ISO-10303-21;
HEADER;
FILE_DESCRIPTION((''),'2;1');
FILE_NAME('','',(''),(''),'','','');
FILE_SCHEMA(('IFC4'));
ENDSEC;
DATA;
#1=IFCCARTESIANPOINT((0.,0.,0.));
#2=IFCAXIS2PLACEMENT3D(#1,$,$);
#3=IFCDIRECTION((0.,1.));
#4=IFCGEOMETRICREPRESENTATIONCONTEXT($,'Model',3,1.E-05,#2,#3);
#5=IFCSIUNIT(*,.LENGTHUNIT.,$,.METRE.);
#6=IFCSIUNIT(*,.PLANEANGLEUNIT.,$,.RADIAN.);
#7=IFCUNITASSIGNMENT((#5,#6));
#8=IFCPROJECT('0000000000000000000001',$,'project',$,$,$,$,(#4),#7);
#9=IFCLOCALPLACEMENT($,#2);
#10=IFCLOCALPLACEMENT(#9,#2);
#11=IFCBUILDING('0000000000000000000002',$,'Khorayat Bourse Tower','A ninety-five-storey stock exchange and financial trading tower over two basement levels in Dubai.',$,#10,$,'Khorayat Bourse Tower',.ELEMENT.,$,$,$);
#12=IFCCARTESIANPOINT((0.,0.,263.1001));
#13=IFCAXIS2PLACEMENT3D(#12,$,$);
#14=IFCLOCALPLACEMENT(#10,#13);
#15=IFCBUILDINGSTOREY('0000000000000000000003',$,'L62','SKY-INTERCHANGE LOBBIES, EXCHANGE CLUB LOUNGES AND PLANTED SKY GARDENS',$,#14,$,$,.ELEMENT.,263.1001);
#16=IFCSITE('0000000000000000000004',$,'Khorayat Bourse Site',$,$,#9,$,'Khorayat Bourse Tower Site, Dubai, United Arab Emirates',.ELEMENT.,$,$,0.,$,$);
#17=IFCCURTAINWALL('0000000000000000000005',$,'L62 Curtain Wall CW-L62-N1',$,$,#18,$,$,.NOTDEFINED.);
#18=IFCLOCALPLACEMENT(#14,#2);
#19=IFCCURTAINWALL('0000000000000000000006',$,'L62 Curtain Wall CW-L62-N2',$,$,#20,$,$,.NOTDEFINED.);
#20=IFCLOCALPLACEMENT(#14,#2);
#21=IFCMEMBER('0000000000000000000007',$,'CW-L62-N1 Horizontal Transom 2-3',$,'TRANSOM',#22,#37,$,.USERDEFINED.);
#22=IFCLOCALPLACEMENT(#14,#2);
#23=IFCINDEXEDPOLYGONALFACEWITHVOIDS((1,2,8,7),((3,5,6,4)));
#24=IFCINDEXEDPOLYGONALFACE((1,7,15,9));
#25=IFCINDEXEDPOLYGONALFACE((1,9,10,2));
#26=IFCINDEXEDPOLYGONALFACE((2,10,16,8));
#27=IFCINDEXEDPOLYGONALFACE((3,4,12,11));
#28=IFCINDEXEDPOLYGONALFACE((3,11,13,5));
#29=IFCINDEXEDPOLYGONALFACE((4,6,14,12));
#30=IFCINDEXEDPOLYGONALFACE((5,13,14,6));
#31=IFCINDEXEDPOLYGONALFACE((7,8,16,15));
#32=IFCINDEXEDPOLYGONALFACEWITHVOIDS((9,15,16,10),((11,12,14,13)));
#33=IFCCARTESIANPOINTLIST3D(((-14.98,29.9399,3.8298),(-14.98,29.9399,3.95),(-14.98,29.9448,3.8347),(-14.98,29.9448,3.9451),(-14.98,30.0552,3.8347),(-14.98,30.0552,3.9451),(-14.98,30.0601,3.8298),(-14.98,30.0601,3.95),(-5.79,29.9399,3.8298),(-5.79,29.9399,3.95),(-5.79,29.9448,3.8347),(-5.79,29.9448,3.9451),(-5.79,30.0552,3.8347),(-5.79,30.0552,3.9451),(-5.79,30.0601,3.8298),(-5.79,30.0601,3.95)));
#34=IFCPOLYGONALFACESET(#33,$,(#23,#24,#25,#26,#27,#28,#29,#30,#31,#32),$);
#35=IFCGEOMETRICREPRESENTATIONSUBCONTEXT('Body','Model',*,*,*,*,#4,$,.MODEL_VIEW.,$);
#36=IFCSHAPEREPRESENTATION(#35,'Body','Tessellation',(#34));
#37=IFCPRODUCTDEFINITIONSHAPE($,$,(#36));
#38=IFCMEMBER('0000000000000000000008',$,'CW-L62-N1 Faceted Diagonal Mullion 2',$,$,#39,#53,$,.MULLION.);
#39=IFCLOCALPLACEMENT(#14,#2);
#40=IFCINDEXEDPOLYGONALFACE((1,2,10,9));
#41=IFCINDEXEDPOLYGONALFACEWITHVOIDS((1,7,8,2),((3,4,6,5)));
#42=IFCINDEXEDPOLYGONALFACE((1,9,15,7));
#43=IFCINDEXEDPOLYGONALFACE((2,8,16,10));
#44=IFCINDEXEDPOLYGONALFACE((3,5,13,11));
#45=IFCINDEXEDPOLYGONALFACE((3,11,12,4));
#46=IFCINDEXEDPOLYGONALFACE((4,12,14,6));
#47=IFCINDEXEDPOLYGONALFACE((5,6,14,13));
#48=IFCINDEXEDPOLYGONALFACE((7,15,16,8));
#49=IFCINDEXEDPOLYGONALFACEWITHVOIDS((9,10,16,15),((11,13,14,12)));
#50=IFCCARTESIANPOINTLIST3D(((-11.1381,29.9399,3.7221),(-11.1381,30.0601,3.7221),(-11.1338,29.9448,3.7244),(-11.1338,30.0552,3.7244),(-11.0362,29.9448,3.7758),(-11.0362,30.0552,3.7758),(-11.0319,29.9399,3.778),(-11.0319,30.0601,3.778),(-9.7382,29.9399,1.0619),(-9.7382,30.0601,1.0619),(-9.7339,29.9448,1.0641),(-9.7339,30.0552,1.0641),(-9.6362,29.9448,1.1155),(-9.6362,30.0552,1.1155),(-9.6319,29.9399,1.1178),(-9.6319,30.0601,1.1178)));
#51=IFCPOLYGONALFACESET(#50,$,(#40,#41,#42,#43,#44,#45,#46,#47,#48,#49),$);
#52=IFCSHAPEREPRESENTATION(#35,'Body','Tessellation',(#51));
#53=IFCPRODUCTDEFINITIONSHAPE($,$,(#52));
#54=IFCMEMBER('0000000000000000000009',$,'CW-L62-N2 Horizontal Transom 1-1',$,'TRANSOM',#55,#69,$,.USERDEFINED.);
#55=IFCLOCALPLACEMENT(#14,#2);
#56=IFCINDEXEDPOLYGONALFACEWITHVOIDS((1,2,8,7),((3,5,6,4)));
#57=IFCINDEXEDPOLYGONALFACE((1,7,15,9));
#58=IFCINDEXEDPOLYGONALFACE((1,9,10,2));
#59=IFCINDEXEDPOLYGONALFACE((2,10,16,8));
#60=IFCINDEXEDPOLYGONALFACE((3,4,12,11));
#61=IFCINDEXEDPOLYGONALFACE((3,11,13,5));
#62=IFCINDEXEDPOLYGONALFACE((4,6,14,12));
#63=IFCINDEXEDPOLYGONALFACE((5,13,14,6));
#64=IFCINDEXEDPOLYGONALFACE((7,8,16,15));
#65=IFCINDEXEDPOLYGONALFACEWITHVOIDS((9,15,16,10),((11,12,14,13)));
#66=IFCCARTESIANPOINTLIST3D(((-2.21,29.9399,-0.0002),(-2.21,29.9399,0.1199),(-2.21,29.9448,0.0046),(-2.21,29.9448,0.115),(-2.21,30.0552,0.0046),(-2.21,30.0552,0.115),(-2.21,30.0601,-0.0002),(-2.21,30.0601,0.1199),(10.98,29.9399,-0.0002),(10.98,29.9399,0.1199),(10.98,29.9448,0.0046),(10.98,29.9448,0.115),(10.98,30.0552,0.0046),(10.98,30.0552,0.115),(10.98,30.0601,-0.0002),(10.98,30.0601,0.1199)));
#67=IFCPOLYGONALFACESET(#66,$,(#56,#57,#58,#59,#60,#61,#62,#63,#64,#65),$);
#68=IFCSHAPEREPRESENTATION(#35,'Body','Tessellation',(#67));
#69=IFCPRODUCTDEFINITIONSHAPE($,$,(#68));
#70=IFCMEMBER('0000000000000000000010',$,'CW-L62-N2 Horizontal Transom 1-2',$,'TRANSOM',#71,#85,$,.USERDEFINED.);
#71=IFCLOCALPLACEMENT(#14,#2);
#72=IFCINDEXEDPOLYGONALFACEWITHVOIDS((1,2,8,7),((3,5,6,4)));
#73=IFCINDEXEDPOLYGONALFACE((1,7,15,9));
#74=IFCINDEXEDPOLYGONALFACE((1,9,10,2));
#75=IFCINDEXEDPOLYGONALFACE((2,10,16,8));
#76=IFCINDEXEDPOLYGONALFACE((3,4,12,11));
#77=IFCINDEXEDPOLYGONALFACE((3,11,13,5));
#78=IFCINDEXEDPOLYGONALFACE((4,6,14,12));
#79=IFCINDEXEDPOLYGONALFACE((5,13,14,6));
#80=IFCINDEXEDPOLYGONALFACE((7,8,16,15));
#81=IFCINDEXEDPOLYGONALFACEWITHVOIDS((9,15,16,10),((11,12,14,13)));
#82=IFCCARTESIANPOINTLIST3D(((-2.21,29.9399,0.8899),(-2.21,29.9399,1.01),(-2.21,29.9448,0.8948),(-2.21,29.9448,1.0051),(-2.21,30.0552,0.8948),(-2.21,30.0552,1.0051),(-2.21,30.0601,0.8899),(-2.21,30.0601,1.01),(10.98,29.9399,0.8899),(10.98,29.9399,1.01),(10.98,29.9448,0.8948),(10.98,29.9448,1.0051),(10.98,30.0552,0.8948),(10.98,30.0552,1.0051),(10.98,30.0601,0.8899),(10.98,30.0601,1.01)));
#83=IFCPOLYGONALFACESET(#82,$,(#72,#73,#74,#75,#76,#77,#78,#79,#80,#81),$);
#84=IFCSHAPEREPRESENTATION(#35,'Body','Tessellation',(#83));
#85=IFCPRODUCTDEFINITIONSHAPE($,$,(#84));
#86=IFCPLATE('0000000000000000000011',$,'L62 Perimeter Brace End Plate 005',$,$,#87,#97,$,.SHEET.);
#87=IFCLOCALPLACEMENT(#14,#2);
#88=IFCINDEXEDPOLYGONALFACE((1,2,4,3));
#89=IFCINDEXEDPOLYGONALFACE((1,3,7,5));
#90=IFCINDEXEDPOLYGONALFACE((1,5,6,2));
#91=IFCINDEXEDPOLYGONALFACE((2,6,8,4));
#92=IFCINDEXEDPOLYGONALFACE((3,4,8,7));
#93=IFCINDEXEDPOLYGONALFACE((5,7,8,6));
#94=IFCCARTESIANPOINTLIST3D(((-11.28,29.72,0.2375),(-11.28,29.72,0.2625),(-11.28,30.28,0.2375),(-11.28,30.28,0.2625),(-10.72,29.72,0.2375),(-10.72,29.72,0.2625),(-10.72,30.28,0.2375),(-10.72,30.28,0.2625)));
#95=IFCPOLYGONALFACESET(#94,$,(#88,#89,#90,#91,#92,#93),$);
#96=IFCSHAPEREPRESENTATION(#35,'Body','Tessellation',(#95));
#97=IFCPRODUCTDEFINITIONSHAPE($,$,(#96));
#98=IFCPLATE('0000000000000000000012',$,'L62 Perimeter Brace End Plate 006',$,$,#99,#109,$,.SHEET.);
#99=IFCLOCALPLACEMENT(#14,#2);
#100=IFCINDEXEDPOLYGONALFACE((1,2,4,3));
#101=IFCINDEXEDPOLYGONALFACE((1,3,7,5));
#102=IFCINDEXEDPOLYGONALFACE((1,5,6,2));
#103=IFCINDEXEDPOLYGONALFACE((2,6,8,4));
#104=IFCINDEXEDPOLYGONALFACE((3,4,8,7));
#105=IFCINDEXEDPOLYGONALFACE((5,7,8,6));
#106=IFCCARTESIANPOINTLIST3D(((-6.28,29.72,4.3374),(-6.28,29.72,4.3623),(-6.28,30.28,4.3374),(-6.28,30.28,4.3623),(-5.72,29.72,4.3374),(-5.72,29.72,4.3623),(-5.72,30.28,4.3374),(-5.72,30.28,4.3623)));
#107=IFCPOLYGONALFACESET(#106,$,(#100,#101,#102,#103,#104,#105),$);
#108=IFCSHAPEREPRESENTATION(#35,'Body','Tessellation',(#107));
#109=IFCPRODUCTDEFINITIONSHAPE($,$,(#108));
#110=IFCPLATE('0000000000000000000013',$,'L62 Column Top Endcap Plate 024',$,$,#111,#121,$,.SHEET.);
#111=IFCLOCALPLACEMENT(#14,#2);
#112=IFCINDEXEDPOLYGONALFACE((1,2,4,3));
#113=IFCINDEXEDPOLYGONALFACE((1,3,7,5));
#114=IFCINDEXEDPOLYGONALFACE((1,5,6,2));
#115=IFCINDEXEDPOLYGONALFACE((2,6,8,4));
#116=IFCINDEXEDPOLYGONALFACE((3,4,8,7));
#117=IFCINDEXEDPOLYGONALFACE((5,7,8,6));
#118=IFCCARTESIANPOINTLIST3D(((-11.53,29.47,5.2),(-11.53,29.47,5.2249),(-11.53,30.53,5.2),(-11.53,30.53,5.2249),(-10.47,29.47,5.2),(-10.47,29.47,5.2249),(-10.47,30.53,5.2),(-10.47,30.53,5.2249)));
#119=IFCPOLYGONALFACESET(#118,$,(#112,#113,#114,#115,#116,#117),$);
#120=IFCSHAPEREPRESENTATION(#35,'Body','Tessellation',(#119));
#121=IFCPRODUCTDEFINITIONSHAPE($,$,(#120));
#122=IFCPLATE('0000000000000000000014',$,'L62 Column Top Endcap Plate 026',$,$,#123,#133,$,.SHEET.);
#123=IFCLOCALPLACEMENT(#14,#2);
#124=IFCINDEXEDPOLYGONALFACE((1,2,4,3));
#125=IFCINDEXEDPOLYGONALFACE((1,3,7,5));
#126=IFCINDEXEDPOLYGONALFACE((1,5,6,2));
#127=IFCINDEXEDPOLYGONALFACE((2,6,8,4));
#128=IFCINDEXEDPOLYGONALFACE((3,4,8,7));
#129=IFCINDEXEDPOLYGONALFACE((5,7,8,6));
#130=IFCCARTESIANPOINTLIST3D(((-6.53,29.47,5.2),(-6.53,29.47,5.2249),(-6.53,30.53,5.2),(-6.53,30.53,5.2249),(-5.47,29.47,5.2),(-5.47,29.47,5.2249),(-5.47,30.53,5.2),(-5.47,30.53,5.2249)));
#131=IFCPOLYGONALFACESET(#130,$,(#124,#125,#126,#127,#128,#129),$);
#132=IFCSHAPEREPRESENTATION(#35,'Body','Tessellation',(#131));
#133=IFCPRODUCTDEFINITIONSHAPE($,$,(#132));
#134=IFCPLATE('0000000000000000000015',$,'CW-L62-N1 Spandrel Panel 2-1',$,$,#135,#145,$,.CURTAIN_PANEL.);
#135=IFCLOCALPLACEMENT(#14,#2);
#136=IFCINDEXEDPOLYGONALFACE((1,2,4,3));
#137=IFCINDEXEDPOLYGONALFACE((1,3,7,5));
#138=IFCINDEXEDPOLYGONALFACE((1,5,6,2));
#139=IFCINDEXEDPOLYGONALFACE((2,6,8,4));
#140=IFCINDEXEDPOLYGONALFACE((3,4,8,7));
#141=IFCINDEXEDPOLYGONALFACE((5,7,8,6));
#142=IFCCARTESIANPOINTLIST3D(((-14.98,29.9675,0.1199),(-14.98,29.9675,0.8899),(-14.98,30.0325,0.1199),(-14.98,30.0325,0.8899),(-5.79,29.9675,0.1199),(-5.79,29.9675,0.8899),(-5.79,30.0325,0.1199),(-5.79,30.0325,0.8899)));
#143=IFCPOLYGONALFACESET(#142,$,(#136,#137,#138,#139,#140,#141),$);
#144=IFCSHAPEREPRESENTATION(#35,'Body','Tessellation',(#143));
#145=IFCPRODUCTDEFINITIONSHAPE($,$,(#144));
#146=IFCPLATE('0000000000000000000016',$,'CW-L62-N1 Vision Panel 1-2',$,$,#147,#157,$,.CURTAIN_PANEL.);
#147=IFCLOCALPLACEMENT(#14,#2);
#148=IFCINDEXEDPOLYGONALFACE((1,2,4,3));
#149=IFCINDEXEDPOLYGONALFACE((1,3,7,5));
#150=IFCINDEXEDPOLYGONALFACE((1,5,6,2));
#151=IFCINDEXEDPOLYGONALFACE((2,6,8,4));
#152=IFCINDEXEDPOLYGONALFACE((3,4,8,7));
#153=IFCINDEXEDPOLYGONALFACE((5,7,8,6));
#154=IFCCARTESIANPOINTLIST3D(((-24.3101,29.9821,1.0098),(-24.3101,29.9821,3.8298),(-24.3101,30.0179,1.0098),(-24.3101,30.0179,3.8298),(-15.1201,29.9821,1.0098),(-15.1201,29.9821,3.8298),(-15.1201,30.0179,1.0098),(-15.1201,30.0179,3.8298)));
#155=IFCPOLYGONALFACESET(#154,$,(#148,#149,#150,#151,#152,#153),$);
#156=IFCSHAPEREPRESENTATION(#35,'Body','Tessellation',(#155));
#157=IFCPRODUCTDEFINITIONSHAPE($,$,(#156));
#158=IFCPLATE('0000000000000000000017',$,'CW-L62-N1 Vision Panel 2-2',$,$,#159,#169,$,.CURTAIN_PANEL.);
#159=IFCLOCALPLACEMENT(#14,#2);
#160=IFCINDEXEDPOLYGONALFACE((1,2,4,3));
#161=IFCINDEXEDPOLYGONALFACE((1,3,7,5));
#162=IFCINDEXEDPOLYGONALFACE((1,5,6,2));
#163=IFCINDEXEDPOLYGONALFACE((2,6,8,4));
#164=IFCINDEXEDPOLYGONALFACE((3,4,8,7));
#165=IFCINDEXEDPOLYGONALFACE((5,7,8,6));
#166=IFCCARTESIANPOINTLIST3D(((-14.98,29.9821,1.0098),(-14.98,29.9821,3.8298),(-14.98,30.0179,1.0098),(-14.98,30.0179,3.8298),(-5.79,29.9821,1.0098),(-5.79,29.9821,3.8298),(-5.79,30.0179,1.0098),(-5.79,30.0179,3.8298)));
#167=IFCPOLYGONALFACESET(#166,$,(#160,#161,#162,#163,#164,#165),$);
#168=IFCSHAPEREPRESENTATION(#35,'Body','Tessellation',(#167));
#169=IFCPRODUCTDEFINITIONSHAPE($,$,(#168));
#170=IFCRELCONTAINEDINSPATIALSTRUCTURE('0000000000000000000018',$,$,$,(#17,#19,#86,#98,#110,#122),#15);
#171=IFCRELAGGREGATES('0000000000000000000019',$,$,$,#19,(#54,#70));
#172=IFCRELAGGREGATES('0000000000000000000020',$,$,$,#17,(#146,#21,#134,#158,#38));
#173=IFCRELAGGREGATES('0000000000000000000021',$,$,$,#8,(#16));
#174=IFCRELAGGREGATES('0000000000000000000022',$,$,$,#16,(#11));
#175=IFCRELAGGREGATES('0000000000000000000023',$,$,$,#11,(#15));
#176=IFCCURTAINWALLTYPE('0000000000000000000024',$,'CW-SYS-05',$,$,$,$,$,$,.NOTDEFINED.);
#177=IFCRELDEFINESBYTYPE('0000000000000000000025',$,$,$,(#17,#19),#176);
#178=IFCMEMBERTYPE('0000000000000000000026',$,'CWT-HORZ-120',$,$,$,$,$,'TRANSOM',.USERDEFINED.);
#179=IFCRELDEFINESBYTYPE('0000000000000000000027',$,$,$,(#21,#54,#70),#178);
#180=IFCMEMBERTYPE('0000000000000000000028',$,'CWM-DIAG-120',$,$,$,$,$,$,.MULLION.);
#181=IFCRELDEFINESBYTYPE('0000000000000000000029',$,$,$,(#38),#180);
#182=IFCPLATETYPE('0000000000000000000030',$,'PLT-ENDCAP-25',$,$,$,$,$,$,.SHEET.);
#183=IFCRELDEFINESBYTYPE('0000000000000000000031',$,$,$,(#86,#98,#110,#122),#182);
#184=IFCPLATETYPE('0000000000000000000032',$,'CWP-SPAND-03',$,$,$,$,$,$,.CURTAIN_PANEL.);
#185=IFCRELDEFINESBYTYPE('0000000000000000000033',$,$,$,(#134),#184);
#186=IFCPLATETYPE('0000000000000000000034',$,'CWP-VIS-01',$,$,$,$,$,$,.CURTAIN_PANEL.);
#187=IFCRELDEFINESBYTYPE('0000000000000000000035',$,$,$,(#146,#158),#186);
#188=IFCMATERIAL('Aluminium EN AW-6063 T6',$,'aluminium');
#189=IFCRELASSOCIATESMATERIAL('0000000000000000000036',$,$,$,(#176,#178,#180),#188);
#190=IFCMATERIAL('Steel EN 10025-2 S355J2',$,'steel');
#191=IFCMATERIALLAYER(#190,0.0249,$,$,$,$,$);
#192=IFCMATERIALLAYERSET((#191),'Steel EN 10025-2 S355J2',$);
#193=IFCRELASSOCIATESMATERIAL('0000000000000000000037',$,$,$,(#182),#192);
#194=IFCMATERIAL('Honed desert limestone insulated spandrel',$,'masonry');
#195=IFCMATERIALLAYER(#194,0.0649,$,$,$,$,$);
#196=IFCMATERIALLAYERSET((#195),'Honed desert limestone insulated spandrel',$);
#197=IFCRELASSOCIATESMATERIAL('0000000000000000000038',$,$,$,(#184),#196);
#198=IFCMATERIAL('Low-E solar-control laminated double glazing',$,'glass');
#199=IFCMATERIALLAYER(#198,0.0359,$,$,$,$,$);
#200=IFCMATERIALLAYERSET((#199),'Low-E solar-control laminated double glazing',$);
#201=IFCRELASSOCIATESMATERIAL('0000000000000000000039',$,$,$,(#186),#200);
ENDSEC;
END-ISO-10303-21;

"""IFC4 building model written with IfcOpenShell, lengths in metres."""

from ifc_helpers import new_model, si_unit, direction, frame, origin, origin_2d, place, context, subcontext, project, spatial, rectangle, hollow_rectangle, extrude, source, transform, mapped, material, layer, layer_set, material_profile, profile_set, type_object, element, aggregate, save


model = new_model("IFC4")

# Units and contexts
model_context = context("Model", 3, precision=1e-05, world=origin(), true_north=direction((0.0, 1.0)))
body_context = subcontext(model_context, "Body", "Model", "MODEL_VIEW")
ifc_project = project(units=[si_unit("LENGTHUNIT", "METRE"), si_unit("PLANEANGLEUNIT", "RADIAN")], contexts=[model_context])

# Site, building, storey
site_placement = place(None, origin())
site = spatial("IfcSite", under=ifc_project, at=site_placement, Name="Khorayat Bourse Site", LongName="Khorayat Bourse Tower Site, Dubai, United Arab Emirates", CompositionType="ELEMENT", RefElevation=0.0)
building_placement = place(site_placement, origin())
building = spatial("IfcBuilding", under=site, at=building_placement, Name="Khorayat Bourse Tower", Description="A ninety-five-storey stock exchange and financial trading tower over two basement levels in Dubai.", LongName="Khorayat Bourse Tower", CompositionType="ELEMENT")
storey_placement = place(building_placement, frame((0.0, 0.0, 263.1001)))
storey = spatial("IfcBuildingStorey", under=building, at=storey_placement, Name="L62", Description="SKY-INTERCHANGE LOBBIES, EXCHANGE CLUB LOUNGES AND PLANTED SKY GARDENS", CompositionType="ELEMENT", Elevation=263.1001)

# Curtain wall
ifc_material_1 = material(Name="Aluminium EN AW-6063 T6", Category="aluminium")
curtain_wall_type = type_object("IfcCurtainWallType", Name="CW-SYS-05", PredefinedType="NOTDEFINED", material=ifc_material_1)
curtain_wall_1_placement = place(storey_placement, origin())
curtain_wall_1 = element("IfcCurtainWall", 1, at=curtain_wall_1_placement, inside=storey, type_object=curtain_wall_type, Name="L62 Curtain Wall CW-L62-N1", PredefinedType="NOTDEFINED")

# Curtain wall
curtain_wall_2_placement = place(storey_placement, origin())
curtain_wall_2 = element("IfcCurtainWall", 2, at=curtain_wall_2_placement, inside=storey, type_object=curtain_wall_type, Name="L62 Curtain Wall CW-L62-N2", PredefinedType="NOTDEFINED")

# Members
ifc_material_profile_1 = material_profile(ifc_material_1, hollow_rectangle(XDim=0.1201, YDim=0.1201, WallThickness=0.0049, at=origin_2d()), Name="ALU 120x120x5")
ifc_profile_set_1 = profile_set([ifc_material_profile_1], Name="Aluminium EN AW-6063 T6")
member_type_1 = type_object("IfcMemberType", Name="CWT-HORZ-120", ElementType="TRANSOM", PredefinedType="USERDEFINED", material=ifc_profile_set_1)
shared_shape_1 = source(origin(), body_context, "Body", "SweptSolid", [
    extrude(hollow_rectangle(XDim=0.1201, YDim=0.1201, WallThickness=0.0049, at=origin_2d()), origin(), (0.0, 0.0, 1.0), 9.1899),
])
member_1_placement = place(storey_placement, frame((-14.98, 30.0, 3.8899), z_axis=(1.0, 0.0, 0.0), x_axis=(0.0, 1.0, 0.0)))
member_1 = element("IfcMember", 3, at=member_1_placement, type_object=member_type_1, Name="CW-L62-N1 Horizontal Transom 2-3", ObjectType="TRANSOM", PredefinedType="USERDEFINED", context=body_context, shape_type="MappedRepresentation", body=[
    mapped(shared_shape_1, transform((0.0, 0.0, 0.0), scale=1.0)),
])
ifc_material_profile_2 = material_profile(ifc_material_1, hollow_rectangle(XDim=0.1201, YDim=0.1201, WallThickness=0.0049, at=origin_2d()), Name="ALU 120x120x5")
ifc_profile_set_2 = profile_set([ifc_material_profile_2], Name="Aluminium EN AW-6063 T6")
member_type_2 = type_object("IfcMemberType", Name="CWM-DIAG-120", PredefinedType="MULLION", material=ifc_profile_set_2)
shared_shape_2 = source(origin(), body_context, "Body", "SweptSolid", [
    extrude(hollow_rectangle(XDim=0.1201, YDim=0.1201, WallThickness=0.0049, at=origin_2d()), origin(), (0.0, 0.0, 1.0), 3.0061),
])
member_2_placement = place(storey_placement, frame((-9.6851, 30.0, 1.0898), z_axis=(-0.4657, 0.0, 0.884943), x_axis=(0.0, -1.0, 0.0)))
member_2 = element("IfcMember", 4, at=member_2_placement, type_object=member_type_2, Name="CW-L62-N1 Faceted Diagonal Mullion 2", PredefinedType="MULLION", context=body_context, shape_type="MappedRepresentation", body=[
    mapped(shared_shape_2, transform((0.0, 0.0, 0.0), scale=1.0)),
])
shared_shape_3 = source(origin(), body_context, "Body", "SweptSolid", [
    extrude(hollow_rectangle(XDim=0.1201, YDim=0.1201, WallThickness=0.0049, at=origin_2d()), origin(), (0.0, 0.0, 1.0), 13.1899),
])
member_3_placement = place(storey_placement, frame((-2.21, 30.0, 0.0598), z_axis=(1.0, 0.0, 0.0), x_axis=(0.0, 1.0, 0.0)))
member_3 = element("IfcMember", 5, at=member_3_placement, type_object=member_type_1, Name="CW-L62-N2 Horizontal Transom 1-1", ObjectType="TRANSOM", PredefinedType="USERDEFINED", context=body_context, shape_type="MappedRepresentation", body=[
    mapped(shared_shape_3, transform((0.0, 0.0, 0.0), scale=1.0)),
])
member_4_placement = place(storey_placement, frame((-2.21, 30.0, 0.95), z_axis=(1.0, 0.0, 0.0), x_axis=(0.0, 1.0, 0.0)))
member_4 = element("IfcMember", 6, at=member_4_placement, type_object=member_type_1, Name="CW-L62-N2 Horizontal Transom 1-2", ObjectType="TRANSOM", PredefinedType="USERDEFINED", context=body_context, shape_type="MappedRepresentation", body=[
    mapped(shared_shape_3, transform((0.0, 0.0, 0.0), scale=1.0)),
])
aggregate(curtain_wall_2, [member_3, member_4])

# Plates
ifc_material_2 = material(Name="Steel EN 10025-2 S355J2", Category="steel")
ifc_layer_1 = layer(ifc_material_2, 0.0249)
ifc_layer_set_1 = layer_set([ifc_layer_1], Name="Steel EN 10025-2 S355J2")
plate_type_1 = type_object("IfcPlateType", Name="PLT-ENDCAP-25", PredefinedType="SHEET", material=ifc_layer_set_1)
shared_shape_4 = source(origin(), body_context, "Body", "SweptSolid", [
    extrude(rectangle(XDim=0.5601, YDim=0.5601, at=origin_2d()), origin(), (0.0, 0.0, 1.0), 0.0249),
])
for number, where, z_axis, x_axis, name in (
    (7, (-11.0, 30.0, 0.2375), (0.0, 0.0, 1.0), (1.0, 0.0, 0.0), "L62 Perimeter Brace End Plate 005"),
    (8, (-6.0, 30.0, 4.3374), (0.0, 0.0, 1.0), (1.0, 0.0, 0.0), "L62 Perimeter Brace End Plate 006"),
):
    element("IfcPlate", number, at=place(storey_placement, frame(where, z_axis=z_axis, x_axis=x_axis)), inside=storey, type_object=plate_type_1, Name=name, PredefinedType="SHEET", context=body_context, shape_type="MappedRepresentation", body=[
        mapped(shared_shape_4, transform((0.0, 0.0, 0.0), scale=1.0)),
    ])
shared_shape_5 = source(origin(), body_context, "Body", "SweptSolid", [
    extrude(rectangle(XDim=1.0601, YDim=1.0601, at=origin_2d()), origin(), (0.0, 0.0, 1.0), 0.0249),
])
for number, where, z_axis, x_axis, name in (
    (9, (-11.0, 30.0, 5.2), (0.0, 0.0, 1.0), (1.0, 0.0, 0.0), "L62 Column Top Endcap Plate 024"),
    (10, (-6.0, 30.0, 5.2), (0.0, 0.0, 1.0), (1.0, 0.0, 0.0), "L62 Column Top Endcap Plate 026"),
):
    element("IfcPlate", number, at=place(storey_placement, frame(where, z_axis=z_axis, x_axis=x_axis)), inside=storey, type_object=plate_type_1, Name=name, PredefinedType="SHEET", context=body_context, shape_type="MappedRepresentation", body=[
        mapped(shared_shape_5, transform((0.0, 0.0, 0.0), scale=1.0)),
    ])

# Plates
ifc_material_3 = material(Name="Honed desert limestone insulated spandrel", Category="masonry")
ifc_layer_2 = layer(ifc_material_3, 0.0649)
ifc_layer_set_2 = layer_set([ifc_layer_2], Name="Honed desert limestone insulated spandrel")
plate_type_2 = type_object("IfcPlateType", Name="CWP-SPAND-03", PredefinedType="CURTAIN_PANEL", material=ifc_layer_set_2)
shared_shape_6 = source(origin(), body_context, "Body", "SweptSolid", [
    extrude(rectangle(XDim=9.1899, YDim=0.0649, at=origin_2d()), origin(), (0.0, 0.0, 1.0), 0.77),
])
plate_1_placement = place(storey_placement, frame((-10.385, 30.0, 0.1199), z_axis=(0.0, 0.0, 1.0), x_axis=(1.0, 0.0, 0.0)))
plate_1 = element("IfcPlate", 11, at=plate_1_placement, type_object=plate_type_2, Name="CW-L62-N1 Spandrel Panel 2-1", PredefinedType="CURTAIN_PANEL", context=body_context, shape_type="MappedRepresentation", body=[
    mapped(shared_shape_6, transform((0.0, 0.0, 0.0), scale=1.0)),
])
ifc_material_4 = material(Name="Low-E solar-control laminated double glazing", Category="glass")
ifc_layer_3 = layer(ifc_material_4, 0.0359)
ifc_layer_set_3 = layer_set([ifc_layer_3], Name="Low-E solar-control laminated double glazing")
plate_type_3 = type_object("IfcPlateType", Name="CWP-VIS-01", PredefinedType="CURTAIN_PANEL", material=ifc_layer_set_3)
shared_shape_7 = source(origin(), body_context, "Body", "SweptSolid", [
    extrude(rectangle(XDim=9.1899, YDim=0.0359, at=origin_2d()), origin(), (0.0, 0.0, 1.0), 2.8201),
])
plate_2_placement = place(storey_placement, frame((-19.7151, 30.0, 1.0098), z_axis=(0.0, 0.0, 1.0), x_axis=(1.0, 0.0, 0.0)))
plate_2 = element("IfcPlate", 12, at=plate_2_placement, type_object=plate_type_3, Name="CW-L62-N1 Vision Panel 1-2", PredefinedType="CURTAIN_PANEL", context=body_context, shape_type="MappedRepresentation", body=[
    mapped(shared_shape_7, transform((0.0, 0.0, 0.0), scale=1.0)),
])
plate_3_placement = place(storey_placement, frame((-10.385, 30.0, 1.0098), z_axis=(0.0, 0.0, 1.0), x_axis=(1.0, 0.0, 0.0)))
plate_3 = element("IfcPlate", 13, at=plate_3_placement, type_object=plate_type_3, Name="CW-L62-N1 Vision Panel 2-2", PredefinedType="CURTAIN_PANEL", context=body_context, shape_type="MappedRepresentation", body=[
    mapped(shared_shape_7, transform((0.0, 0.0, 0.0), scale=1.0)),
])
aggregate(curtain_wall_1, [plate_2, member_1, plate_1, plate_3, member_2])

save(model, "model.ifc")
